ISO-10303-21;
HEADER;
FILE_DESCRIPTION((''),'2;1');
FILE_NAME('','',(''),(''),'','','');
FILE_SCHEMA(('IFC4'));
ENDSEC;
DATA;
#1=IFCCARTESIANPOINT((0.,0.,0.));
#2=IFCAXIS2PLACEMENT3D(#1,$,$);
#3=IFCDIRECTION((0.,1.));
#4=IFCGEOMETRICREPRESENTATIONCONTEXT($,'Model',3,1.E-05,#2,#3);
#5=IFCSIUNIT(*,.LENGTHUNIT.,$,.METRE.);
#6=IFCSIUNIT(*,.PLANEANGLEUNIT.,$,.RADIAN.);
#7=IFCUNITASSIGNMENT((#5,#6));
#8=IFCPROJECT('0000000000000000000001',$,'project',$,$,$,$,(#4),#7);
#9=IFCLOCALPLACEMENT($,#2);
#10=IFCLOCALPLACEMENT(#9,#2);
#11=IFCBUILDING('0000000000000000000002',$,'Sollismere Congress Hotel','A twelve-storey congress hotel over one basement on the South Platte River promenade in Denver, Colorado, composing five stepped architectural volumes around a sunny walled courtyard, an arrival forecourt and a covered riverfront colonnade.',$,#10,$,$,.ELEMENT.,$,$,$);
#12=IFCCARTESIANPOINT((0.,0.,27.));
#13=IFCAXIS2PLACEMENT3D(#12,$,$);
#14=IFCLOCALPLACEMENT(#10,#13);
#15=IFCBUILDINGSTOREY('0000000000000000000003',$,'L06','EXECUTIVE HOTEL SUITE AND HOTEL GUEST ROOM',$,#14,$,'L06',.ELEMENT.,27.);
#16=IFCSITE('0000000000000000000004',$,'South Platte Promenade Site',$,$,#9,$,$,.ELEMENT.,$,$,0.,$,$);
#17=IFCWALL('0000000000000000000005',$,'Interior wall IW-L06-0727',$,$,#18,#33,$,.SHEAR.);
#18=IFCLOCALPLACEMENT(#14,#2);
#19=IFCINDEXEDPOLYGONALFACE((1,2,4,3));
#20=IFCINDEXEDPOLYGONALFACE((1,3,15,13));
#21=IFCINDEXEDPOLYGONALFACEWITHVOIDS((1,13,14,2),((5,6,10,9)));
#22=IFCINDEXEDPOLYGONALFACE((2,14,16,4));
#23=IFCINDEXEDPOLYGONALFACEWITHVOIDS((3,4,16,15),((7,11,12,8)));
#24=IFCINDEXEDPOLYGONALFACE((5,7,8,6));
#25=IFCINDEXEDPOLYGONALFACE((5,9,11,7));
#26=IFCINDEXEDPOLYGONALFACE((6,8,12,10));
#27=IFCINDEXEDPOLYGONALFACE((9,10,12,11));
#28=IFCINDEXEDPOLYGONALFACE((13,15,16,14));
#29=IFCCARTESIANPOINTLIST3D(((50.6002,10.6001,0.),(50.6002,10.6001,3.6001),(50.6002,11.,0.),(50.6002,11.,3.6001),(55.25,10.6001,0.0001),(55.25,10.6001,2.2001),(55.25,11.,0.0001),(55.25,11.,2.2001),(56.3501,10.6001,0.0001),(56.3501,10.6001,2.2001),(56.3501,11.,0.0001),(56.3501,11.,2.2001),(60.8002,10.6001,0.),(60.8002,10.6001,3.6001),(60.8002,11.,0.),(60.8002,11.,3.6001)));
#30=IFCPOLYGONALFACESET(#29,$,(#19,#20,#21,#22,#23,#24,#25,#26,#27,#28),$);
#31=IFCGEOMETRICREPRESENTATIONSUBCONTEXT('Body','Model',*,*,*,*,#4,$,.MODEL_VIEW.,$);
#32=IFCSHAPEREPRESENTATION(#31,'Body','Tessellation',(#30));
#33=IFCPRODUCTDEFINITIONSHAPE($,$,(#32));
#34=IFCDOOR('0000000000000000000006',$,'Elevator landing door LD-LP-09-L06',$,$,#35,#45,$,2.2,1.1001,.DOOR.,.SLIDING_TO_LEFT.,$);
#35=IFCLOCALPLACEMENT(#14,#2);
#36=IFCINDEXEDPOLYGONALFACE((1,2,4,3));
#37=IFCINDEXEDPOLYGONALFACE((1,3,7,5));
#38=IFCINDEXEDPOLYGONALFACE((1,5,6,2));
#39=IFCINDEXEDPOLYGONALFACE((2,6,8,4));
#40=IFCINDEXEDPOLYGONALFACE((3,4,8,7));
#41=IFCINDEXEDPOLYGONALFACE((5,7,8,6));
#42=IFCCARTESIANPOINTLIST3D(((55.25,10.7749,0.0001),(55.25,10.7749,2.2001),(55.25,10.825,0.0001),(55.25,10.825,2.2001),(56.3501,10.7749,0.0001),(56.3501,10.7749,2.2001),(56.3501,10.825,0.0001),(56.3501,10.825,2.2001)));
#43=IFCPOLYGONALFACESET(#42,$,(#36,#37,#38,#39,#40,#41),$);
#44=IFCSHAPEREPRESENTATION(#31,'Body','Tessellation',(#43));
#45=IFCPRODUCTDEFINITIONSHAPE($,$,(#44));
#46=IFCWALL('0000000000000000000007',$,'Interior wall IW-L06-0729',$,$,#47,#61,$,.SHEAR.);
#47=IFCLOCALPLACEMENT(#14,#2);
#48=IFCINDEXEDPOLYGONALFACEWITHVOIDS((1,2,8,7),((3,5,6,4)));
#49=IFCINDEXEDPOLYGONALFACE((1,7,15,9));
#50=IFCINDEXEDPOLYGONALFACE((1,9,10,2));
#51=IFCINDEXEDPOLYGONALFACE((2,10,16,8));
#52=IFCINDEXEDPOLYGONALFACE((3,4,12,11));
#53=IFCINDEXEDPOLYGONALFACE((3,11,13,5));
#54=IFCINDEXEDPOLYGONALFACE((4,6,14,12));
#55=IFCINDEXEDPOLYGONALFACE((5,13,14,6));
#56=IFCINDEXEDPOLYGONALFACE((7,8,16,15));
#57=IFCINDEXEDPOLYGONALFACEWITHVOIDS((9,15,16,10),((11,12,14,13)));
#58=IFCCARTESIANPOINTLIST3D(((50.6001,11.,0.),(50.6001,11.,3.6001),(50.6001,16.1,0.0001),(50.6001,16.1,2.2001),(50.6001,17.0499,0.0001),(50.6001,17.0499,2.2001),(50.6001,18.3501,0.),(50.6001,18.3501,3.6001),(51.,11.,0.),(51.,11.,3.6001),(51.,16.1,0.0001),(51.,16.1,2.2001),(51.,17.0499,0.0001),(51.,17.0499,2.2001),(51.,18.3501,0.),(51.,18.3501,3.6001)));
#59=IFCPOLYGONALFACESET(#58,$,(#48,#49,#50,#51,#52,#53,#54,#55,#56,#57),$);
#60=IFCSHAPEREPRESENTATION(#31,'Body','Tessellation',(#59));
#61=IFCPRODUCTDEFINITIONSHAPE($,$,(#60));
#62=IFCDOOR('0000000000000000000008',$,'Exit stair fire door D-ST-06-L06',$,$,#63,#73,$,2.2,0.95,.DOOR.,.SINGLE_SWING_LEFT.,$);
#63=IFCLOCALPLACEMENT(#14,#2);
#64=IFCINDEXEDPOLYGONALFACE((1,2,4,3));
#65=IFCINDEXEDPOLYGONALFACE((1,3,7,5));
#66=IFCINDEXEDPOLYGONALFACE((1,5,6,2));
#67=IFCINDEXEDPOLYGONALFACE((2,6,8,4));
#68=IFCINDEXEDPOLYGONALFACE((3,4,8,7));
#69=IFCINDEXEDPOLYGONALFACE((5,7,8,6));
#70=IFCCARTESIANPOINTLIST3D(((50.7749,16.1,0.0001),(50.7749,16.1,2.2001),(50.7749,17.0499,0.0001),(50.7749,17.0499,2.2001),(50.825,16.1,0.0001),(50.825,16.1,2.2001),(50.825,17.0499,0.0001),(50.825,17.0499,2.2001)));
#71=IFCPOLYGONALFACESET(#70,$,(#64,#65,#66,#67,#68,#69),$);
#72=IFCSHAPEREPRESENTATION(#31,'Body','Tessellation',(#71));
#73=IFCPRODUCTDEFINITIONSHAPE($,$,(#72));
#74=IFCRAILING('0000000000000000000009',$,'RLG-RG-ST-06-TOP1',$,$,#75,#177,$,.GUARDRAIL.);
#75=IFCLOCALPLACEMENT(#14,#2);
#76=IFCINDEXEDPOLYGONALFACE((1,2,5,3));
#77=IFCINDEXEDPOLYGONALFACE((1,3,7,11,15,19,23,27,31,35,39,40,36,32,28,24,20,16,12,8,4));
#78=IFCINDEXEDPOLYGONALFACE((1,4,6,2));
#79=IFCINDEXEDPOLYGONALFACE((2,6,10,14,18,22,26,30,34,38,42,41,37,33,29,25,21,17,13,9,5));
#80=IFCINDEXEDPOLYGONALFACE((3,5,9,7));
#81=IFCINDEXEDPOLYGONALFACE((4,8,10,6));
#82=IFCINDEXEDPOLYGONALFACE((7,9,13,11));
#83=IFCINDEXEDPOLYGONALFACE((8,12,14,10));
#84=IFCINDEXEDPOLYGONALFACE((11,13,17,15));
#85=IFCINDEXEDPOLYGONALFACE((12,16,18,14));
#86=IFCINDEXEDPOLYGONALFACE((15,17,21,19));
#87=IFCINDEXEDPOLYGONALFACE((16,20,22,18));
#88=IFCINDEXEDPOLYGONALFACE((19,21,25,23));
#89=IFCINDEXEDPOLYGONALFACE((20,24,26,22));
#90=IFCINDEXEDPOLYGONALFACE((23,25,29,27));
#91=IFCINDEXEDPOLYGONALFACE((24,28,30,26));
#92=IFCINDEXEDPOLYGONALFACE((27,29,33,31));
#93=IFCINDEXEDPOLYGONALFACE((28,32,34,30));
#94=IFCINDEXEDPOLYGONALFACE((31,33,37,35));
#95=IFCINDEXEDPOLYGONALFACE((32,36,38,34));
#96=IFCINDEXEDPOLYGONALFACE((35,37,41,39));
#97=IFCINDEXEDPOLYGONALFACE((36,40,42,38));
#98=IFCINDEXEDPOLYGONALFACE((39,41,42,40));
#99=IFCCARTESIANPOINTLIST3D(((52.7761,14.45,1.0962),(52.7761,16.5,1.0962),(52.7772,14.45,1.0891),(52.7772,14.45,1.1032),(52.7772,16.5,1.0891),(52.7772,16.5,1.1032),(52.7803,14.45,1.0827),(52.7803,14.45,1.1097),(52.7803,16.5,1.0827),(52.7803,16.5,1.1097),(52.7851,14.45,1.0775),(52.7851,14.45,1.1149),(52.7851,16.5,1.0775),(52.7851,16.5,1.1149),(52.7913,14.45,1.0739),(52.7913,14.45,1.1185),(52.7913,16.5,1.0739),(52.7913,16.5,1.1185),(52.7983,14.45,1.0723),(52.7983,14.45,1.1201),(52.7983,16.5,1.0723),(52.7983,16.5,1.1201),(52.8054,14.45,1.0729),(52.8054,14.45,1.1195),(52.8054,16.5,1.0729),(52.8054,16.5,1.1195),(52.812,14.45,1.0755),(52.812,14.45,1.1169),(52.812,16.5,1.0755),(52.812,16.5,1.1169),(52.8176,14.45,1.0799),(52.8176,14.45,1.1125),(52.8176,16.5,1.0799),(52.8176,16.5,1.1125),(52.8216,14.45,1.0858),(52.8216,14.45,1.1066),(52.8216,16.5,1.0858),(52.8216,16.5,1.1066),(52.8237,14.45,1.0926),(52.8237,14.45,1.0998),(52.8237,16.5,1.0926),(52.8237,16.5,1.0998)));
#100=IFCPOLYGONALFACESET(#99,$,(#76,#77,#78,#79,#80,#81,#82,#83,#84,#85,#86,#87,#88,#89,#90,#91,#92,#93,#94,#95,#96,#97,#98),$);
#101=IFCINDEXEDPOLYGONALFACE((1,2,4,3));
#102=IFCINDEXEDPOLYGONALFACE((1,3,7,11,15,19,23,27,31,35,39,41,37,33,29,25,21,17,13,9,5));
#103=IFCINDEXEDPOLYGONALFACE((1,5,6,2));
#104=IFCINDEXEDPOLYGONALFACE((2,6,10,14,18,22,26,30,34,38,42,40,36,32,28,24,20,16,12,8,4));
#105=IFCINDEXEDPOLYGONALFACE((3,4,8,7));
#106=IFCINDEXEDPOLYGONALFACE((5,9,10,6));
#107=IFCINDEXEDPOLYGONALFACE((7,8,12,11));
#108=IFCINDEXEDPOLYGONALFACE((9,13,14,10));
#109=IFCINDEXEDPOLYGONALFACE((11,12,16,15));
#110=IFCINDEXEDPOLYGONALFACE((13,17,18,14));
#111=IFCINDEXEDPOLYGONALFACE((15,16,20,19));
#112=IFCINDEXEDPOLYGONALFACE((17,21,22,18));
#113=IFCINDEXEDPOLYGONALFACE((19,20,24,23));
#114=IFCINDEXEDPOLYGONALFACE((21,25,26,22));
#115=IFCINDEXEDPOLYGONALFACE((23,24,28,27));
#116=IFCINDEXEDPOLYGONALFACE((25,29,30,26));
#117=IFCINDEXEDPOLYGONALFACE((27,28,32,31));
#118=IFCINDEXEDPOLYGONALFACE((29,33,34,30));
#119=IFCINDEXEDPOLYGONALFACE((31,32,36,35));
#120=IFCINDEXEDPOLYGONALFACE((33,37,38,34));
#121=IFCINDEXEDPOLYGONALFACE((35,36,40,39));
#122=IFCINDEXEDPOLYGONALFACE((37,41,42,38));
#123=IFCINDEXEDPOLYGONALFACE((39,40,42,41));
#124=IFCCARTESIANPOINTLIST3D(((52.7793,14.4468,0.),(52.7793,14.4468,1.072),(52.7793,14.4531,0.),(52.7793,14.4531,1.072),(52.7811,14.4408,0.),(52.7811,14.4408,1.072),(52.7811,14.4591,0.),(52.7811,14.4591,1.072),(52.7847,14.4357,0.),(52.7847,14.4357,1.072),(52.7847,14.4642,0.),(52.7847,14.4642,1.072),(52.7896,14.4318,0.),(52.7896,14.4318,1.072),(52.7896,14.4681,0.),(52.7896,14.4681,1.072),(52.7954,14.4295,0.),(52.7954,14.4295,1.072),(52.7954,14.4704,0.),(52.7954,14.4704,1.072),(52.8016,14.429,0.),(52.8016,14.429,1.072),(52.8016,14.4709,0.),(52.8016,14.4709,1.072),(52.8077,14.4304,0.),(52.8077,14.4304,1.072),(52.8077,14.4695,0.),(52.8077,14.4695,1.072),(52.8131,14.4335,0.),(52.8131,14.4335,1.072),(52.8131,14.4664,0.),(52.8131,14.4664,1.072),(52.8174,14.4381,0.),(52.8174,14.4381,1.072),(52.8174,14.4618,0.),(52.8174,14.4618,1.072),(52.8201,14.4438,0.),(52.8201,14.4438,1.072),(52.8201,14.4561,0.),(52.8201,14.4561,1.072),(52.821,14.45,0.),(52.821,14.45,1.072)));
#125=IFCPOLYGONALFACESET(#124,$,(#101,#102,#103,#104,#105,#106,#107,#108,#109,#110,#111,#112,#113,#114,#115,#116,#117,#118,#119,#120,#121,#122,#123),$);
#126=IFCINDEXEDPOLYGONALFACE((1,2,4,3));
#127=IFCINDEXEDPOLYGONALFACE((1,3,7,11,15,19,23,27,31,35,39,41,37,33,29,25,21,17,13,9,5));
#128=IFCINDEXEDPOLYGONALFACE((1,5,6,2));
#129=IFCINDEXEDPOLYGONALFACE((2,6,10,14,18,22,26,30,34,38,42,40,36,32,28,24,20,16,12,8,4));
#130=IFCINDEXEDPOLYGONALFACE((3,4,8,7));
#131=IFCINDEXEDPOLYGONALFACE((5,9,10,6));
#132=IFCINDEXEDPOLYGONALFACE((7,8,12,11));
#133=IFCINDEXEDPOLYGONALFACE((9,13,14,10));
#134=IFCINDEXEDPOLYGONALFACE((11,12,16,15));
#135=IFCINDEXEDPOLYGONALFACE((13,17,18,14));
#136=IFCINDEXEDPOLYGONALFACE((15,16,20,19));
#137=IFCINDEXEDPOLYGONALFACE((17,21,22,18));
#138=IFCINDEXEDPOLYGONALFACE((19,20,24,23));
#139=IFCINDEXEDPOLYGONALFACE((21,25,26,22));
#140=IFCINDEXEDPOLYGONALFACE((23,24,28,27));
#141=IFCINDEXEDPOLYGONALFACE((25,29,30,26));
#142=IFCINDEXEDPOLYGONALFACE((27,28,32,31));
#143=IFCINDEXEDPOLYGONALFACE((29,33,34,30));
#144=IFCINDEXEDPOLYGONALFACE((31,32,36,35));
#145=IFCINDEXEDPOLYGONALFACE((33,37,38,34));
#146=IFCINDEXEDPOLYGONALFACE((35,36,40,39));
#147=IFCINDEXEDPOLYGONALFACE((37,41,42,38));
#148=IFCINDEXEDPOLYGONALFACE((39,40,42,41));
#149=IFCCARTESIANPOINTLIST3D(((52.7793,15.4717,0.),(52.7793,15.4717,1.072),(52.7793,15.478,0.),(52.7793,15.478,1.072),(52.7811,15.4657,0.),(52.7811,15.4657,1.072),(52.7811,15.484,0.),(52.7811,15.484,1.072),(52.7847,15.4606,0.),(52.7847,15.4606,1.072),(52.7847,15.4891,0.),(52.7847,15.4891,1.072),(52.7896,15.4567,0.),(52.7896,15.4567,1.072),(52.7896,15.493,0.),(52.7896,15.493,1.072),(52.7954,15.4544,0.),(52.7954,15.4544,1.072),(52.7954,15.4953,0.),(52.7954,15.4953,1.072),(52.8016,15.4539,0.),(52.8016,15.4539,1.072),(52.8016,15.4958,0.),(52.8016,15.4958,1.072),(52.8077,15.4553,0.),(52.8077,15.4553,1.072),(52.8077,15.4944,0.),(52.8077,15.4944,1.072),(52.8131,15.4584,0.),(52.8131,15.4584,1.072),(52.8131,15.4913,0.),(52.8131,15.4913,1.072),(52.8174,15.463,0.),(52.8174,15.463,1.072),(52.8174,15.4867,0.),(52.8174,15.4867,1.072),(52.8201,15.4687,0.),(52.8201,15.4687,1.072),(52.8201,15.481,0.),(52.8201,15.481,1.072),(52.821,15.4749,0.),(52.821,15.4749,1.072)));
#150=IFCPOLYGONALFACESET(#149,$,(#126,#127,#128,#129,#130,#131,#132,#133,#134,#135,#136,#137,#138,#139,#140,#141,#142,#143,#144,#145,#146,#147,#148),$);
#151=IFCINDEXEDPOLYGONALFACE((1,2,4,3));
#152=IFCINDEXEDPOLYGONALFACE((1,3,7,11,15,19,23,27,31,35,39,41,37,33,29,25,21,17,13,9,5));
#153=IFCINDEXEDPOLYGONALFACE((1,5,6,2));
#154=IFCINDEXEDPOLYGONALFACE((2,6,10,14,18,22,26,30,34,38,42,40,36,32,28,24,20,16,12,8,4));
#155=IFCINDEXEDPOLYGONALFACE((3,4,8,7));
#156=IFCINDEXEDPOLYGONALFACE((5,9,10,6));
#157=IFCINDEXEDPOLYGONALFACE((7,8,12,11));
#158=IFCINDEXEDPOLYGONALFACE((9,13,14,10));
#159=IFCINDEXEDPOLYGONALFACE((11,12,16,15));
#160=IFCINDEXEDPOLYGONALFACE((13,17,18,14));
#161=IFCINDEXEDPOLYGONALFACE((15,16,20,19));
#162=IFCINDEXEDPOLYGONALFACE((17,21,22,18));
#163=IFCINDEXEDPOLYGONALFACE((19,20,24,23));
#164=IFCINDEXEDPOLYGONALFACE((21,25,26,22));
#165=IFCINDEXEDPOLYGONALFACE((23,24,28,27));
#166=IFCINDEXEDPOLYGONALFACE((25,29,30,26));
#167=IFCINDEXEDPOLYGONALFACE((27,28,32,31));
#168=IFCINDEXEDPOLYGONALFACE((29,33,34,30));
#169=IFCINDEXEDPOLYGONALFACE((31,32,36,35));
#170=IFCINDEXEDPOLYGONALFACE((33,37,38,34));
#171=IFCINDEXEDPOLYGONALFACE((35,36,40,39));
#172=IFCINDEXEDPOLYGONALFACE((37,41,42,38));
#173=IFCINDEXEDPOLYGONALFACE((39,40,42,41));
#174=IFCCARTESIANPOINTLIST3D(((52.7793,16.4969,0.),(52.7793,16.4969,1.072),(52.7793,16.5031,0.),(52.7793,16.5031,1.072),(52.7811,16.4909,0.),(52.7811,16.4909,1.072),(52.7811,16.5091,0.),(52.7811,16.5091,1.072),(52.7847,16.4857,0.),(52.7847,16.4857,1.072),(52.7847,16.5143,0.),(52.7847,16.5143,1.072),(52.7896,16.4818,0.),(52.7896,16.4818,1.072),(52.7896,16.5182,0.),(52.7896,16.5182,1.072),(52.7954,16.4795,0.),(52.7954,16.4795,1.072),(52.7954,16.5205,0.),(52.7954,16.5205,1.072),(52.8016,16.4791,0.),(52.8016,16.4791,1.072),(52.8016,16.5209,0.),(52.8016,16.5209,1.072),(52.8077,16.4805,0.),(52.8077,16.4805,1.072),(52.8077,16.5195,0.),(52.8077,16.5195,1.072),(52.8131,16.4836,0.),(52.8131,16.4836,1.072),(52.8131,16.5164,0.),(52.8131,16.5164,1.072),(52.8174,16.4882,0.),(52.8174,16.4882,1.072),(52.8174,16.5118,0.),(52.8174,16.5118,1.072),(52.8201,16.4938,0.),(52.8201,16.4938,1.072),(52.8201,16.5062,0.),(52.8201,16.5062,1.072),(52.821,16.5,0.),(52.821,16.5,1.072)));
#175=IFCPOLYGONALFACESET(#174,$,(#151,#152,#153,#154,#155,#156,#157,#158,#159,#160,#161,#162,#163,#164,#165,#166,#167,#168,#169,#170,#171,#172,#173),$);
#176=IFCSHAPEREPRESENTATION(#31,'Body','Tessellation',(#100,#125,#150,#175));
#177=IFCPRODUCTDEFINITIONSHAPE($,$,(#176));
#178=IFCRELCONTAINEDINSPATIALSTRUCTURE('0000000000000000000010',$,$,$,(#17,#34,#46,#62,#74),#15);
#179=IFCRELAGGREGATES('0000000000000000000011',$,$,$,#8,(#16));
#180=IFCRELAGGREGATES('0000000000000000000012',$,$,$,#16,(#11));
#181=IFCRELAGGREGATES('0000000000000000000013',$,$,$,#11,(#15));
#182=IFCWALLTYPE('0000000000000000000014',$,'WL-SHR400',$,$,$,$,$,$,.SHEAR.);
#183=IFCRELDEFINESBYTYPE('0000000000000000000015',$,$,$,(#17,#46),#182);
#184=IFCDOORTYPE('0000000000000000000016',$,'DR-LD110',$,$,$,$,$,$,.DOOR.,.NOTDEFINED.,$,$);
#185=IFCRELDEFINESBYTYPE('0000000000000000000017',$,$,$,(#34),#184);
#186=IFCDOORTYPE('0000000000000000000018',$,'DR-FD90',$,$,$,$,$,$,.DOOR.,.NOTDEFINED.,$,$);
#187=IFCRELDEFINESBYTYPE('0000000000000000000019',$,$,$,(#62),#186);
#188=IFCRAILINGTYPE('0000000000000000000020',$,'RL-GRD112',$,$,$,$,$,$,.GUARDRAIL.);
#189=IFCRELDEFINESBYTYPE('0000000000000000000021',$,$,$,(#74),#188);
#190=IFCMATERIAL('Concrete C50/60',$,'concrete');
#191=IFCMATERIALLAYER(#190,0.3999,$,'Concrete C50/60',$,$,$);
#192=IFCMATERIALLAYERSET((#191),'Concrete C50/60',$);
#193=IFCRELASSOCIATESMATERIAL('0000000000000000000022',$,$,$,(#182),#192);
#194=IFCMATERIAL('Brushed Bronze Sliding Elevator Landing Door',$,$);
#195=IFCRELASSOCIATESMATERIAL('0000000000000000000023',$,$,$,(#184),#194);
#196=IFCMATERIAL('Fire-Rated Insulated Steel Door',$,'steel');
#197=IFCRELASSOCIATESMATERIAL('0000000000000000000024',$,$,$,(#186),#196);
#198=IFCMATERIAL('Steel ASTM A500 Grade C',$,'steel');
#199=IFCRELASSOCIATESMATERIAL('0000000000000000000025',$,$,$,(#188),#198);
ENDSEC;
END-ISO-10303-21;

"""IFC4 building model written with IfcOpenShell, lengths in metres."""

from ifc_helpers import new_model, si_unit, direction, frame, frame_2d, origin, origin_2d, place, context, subcontext, project, spatial, rectangle, circle, extrude, material, layer, layer_set, type_object, element, fill, save


model = new_model("IFC4")

# Units and contexts
model_context = context("Model", 3, precision=1e-05, world=origin(), true_north=direction((0.0, 1.0)))
body_context = subcontext(model_context, "Body", "Model", "MODEL_VIEW")
ifc_project = project(units=[si_unit("LENGTHUNIT", "METRE"), si_unit("PLANEANGLEUNIT", "RADIAN")], contexts=[model_context])

# Site, building, storey
site_placement = place(None, origin())
site = spatial("IfcSite", under=ifc_project, at=site_placement, Name="South Platte Promenade Site", CompositionType="ELEMENT", RefElevation=0.0)
building_placement = place(site_placement, origin())
building = spatial("IfcBuilding", under=site, at=building_placement, Name="Sollismere Congress Hotel", Description="A twelve-storey congress hotel over one basement on the South Platte River promenade in Denver, Colorado, composing five stepped architectural volumes around a sunny walled courtyard, an arrival forecourt and a covered riverfront colonnade.", CompositionType="ELEMENT")
storey_placement = place(building_placement, frame((0.0, 0.0, 27.0)))
storey = spatial("IfcBuildingStorey", under=building, at=storey_placement, Name="L06", Description="EXECUTIVE HOTEL SUITE AND HOTEL GUEST ROOM", LongName="L06", CompositionType="ELEMENT", Elevation=27.0)

# Shared definitions
ifc_material_1 = material(Name="Concrete C50/60", Category="concrete")

# Walls, openings, doors
ifc_layer_1 = layer(ifc_material_1, 0.3999, Name="Concrete C50/60")
ifc_layer_set_1 = layer_set([ifc_layer_1], Name="Concrete C50/60")
wall_type_1 = type_object("IfcWallType", Name="WL-SHR400", PredefinedType="SHEAR", material=ifc_layer_set_1)
wall_1_placement = place(storey_placement, frame((50.6001, 10.8, 0.0), z_axis=(0.0, 0.0, 1.0), x_axis=(1.0, 0.0, 0.0)))
wall_1 = element("IfcWall", 1, at=wall_1_placement, inside=storey, type_object=wall_type_1, Name="Interior wall IW-L06-0727", PredefinedType="SHEAR", context=body_context, shape_type="SweptSolid", body=[
    extrude(rectangle(XDim=10.2, YDim=0.3999, at=frame_2d((5.1001, 0.0))), origin(), (0.0, 0.0, 1.0), 3.6001),
])
opening_1_placement = place(wall_1_placement, frame((4.6499, 0.0, 0.0)))
opening_1 = element("IfcOpeningElement", 2, at=opening_1_placement, cuts=wall_1, PredefinedType="OPENING", context=body_context, shape_type="SweptSolid", body=[
    extrude(rectangle(XDim=1.1001, YDim=2.2, at=frame_2d((0.55, 1.1001))), frame((0.0, 0.21, 0.0), z_axis=(0.0, -1.0, 0.0), x_axis=(1.0, 0.0, 0.0)), (0.0, 0.0, 1.0), 0.4199),
])
ifc_material_2 = material(Name="Brushed Bronze Sliding Elevator Landing Door")
door_type_1 = type_object("IfcDoorType", Name="DR-LD110", OperationType="NOTDEFINED", PredefinedType="DOOR", material=ifc_material_2)
door_1_placement = place(opening_1_placement, origin())
door_1 = element("IfcDoor", 3, at=door_1_placement, inside=storey, type_object=door_type_1, Name="Elevator landing door LD-LP-09-L06", OperationType="SLIDING_TO_LEFT", OverallHeight=2.2, OverallWidth=1.1001, PredefinedType="DOOR", context=body_context, shape_type="SweptSolid", body=[
    extrude(rectangle(XDim=1.1001, YDim=2.2, at=frame_2d((0.55, 1.1001))), frame((0.0, 0.0249, 0.0), z_axis=(0.0, -1.0, 0.0), x_axis=(1.0, 0.0, 0.0)), (0.0, 0.0, 1.0), 0.05),
])
fill(opening_1, door_1)
wall_2_placement = place(storey_placement, frame((50.8, 18.3501, 0.0), z_axis=(0.0, 0.0, 1.0), x_axis=(0.0, -1.0, 0.0)))
wall_2 = element("IfcWall", 4, at=wall_2_placement, inside=storey, type_object=wall_type_1, Name="Interior wall IW-L06-0729", PredefinedType="SHEAR", context=body_context, shape_type="SweptSolid", body=[
    extrude(rectangle(XDim=7.3501, YDim=0.3999, at=frame_2d((3.675, 0.0))), origin(), (0.0, 0.0, 1.0), 3.6001),
])
opening_2_placement = place(wall_2_placement, frame((1.3, 0.0, 0.0)))
opening_2 = element("IfcOpeningElement", 5, at=opening_2_placement, cuts=wall_2, PredefinedType="OPENING", context=body_context, shape_type="SweptSolid", body=[
    extrude(rectangle(XDim=0.95, YDim=2.2, at=frame_2d((0.4751, 1.1001))), frame((0.0, 0.21, 0.0), z_axis=(0.0, -1.0, 0.0), x_axis=(1.0, 0.0, 0.0)), (0.0, 0.0, 1.0), 0.4199),
])
ifc_material_3 = material(Name="Fire-Rated Insulated Steel Door", Category="steel")
door_type_2 = type_object("IfcDoorType", Name="DR-FD90", OperationType="NOTDEFINED", PredefinedType="DOOR", material=ifc_material_3)
door_2_placement = place(opening_2_placement, origin())
door_2 = element("IfcDoor", 6, at=door_2_placement, inside=storey, type_object=door_type_2, Name="Exit stair fire door D-ST-06-L06", OperationType="SINGLE_SWING_LEFT", OverallHeight=2.2, OverallWidth=0.95, PredefinedType="DOOR", context=body_context, shape_type="SweptSolid", body=[
    extrude(rectangle(XDim=0.95, YDim=2.2, at=frame_2d((0.4751, 1.1001))), frame((0.0, 0.0249, 0.0), z_axis=(0.0, -1.0, 0.0), x_axis=(1.0, 0.0, 0.0)), (0.0, 0.0, 1.0), 0.05),
])
fill(opening_2, door_2)

# Railing
ifc_material_4 = material(Name="Steel ASTM A500 Grade C", Category="steel")
railing_type = type_object("IfcRailingType", Name="RL-GRD112", PredefinedType="GUARDRAIL", material=ifc_material_4)
railing_placement = place(storey_placement, frame((52.8, 14.45, 0.0)))
element("IfcRailing", 7, at=railing_placement, inside=storey, type_object=railing_type, Name="RLG-RG-ST-06-TOP1", PredefinedType="GUARDRAIL", context=body_context, shape_type="SweptSolid", body=[
    extrude(circle(Radius=0.0239, at=origin_2d()), frame((0.0, 0.0, 1.0962), z_axis=(0.0, 1.0, 0.0), x_axis=(-1.0, 0.0, 0.0)), (0.0, 0.0, 1.0), 2.05),
    extrude(circle(Radius=0.021, at=origin_2d()), origin(), (0.0, 0.0, 1.0), 1.072),
    extrude(circle(Radius=0.021, at=origin_2d()), frame((0.0, 1.0249, 0.0)), (0.0, 0.0, 1.0), 1.072),
    extrude(circle(Radius=0.021, at=origin_2d()), frame((0.0, 2.05, 0.0)), (0.0, 0.0, 1.0), 1.072),
])

save(model, "model.ifc")
